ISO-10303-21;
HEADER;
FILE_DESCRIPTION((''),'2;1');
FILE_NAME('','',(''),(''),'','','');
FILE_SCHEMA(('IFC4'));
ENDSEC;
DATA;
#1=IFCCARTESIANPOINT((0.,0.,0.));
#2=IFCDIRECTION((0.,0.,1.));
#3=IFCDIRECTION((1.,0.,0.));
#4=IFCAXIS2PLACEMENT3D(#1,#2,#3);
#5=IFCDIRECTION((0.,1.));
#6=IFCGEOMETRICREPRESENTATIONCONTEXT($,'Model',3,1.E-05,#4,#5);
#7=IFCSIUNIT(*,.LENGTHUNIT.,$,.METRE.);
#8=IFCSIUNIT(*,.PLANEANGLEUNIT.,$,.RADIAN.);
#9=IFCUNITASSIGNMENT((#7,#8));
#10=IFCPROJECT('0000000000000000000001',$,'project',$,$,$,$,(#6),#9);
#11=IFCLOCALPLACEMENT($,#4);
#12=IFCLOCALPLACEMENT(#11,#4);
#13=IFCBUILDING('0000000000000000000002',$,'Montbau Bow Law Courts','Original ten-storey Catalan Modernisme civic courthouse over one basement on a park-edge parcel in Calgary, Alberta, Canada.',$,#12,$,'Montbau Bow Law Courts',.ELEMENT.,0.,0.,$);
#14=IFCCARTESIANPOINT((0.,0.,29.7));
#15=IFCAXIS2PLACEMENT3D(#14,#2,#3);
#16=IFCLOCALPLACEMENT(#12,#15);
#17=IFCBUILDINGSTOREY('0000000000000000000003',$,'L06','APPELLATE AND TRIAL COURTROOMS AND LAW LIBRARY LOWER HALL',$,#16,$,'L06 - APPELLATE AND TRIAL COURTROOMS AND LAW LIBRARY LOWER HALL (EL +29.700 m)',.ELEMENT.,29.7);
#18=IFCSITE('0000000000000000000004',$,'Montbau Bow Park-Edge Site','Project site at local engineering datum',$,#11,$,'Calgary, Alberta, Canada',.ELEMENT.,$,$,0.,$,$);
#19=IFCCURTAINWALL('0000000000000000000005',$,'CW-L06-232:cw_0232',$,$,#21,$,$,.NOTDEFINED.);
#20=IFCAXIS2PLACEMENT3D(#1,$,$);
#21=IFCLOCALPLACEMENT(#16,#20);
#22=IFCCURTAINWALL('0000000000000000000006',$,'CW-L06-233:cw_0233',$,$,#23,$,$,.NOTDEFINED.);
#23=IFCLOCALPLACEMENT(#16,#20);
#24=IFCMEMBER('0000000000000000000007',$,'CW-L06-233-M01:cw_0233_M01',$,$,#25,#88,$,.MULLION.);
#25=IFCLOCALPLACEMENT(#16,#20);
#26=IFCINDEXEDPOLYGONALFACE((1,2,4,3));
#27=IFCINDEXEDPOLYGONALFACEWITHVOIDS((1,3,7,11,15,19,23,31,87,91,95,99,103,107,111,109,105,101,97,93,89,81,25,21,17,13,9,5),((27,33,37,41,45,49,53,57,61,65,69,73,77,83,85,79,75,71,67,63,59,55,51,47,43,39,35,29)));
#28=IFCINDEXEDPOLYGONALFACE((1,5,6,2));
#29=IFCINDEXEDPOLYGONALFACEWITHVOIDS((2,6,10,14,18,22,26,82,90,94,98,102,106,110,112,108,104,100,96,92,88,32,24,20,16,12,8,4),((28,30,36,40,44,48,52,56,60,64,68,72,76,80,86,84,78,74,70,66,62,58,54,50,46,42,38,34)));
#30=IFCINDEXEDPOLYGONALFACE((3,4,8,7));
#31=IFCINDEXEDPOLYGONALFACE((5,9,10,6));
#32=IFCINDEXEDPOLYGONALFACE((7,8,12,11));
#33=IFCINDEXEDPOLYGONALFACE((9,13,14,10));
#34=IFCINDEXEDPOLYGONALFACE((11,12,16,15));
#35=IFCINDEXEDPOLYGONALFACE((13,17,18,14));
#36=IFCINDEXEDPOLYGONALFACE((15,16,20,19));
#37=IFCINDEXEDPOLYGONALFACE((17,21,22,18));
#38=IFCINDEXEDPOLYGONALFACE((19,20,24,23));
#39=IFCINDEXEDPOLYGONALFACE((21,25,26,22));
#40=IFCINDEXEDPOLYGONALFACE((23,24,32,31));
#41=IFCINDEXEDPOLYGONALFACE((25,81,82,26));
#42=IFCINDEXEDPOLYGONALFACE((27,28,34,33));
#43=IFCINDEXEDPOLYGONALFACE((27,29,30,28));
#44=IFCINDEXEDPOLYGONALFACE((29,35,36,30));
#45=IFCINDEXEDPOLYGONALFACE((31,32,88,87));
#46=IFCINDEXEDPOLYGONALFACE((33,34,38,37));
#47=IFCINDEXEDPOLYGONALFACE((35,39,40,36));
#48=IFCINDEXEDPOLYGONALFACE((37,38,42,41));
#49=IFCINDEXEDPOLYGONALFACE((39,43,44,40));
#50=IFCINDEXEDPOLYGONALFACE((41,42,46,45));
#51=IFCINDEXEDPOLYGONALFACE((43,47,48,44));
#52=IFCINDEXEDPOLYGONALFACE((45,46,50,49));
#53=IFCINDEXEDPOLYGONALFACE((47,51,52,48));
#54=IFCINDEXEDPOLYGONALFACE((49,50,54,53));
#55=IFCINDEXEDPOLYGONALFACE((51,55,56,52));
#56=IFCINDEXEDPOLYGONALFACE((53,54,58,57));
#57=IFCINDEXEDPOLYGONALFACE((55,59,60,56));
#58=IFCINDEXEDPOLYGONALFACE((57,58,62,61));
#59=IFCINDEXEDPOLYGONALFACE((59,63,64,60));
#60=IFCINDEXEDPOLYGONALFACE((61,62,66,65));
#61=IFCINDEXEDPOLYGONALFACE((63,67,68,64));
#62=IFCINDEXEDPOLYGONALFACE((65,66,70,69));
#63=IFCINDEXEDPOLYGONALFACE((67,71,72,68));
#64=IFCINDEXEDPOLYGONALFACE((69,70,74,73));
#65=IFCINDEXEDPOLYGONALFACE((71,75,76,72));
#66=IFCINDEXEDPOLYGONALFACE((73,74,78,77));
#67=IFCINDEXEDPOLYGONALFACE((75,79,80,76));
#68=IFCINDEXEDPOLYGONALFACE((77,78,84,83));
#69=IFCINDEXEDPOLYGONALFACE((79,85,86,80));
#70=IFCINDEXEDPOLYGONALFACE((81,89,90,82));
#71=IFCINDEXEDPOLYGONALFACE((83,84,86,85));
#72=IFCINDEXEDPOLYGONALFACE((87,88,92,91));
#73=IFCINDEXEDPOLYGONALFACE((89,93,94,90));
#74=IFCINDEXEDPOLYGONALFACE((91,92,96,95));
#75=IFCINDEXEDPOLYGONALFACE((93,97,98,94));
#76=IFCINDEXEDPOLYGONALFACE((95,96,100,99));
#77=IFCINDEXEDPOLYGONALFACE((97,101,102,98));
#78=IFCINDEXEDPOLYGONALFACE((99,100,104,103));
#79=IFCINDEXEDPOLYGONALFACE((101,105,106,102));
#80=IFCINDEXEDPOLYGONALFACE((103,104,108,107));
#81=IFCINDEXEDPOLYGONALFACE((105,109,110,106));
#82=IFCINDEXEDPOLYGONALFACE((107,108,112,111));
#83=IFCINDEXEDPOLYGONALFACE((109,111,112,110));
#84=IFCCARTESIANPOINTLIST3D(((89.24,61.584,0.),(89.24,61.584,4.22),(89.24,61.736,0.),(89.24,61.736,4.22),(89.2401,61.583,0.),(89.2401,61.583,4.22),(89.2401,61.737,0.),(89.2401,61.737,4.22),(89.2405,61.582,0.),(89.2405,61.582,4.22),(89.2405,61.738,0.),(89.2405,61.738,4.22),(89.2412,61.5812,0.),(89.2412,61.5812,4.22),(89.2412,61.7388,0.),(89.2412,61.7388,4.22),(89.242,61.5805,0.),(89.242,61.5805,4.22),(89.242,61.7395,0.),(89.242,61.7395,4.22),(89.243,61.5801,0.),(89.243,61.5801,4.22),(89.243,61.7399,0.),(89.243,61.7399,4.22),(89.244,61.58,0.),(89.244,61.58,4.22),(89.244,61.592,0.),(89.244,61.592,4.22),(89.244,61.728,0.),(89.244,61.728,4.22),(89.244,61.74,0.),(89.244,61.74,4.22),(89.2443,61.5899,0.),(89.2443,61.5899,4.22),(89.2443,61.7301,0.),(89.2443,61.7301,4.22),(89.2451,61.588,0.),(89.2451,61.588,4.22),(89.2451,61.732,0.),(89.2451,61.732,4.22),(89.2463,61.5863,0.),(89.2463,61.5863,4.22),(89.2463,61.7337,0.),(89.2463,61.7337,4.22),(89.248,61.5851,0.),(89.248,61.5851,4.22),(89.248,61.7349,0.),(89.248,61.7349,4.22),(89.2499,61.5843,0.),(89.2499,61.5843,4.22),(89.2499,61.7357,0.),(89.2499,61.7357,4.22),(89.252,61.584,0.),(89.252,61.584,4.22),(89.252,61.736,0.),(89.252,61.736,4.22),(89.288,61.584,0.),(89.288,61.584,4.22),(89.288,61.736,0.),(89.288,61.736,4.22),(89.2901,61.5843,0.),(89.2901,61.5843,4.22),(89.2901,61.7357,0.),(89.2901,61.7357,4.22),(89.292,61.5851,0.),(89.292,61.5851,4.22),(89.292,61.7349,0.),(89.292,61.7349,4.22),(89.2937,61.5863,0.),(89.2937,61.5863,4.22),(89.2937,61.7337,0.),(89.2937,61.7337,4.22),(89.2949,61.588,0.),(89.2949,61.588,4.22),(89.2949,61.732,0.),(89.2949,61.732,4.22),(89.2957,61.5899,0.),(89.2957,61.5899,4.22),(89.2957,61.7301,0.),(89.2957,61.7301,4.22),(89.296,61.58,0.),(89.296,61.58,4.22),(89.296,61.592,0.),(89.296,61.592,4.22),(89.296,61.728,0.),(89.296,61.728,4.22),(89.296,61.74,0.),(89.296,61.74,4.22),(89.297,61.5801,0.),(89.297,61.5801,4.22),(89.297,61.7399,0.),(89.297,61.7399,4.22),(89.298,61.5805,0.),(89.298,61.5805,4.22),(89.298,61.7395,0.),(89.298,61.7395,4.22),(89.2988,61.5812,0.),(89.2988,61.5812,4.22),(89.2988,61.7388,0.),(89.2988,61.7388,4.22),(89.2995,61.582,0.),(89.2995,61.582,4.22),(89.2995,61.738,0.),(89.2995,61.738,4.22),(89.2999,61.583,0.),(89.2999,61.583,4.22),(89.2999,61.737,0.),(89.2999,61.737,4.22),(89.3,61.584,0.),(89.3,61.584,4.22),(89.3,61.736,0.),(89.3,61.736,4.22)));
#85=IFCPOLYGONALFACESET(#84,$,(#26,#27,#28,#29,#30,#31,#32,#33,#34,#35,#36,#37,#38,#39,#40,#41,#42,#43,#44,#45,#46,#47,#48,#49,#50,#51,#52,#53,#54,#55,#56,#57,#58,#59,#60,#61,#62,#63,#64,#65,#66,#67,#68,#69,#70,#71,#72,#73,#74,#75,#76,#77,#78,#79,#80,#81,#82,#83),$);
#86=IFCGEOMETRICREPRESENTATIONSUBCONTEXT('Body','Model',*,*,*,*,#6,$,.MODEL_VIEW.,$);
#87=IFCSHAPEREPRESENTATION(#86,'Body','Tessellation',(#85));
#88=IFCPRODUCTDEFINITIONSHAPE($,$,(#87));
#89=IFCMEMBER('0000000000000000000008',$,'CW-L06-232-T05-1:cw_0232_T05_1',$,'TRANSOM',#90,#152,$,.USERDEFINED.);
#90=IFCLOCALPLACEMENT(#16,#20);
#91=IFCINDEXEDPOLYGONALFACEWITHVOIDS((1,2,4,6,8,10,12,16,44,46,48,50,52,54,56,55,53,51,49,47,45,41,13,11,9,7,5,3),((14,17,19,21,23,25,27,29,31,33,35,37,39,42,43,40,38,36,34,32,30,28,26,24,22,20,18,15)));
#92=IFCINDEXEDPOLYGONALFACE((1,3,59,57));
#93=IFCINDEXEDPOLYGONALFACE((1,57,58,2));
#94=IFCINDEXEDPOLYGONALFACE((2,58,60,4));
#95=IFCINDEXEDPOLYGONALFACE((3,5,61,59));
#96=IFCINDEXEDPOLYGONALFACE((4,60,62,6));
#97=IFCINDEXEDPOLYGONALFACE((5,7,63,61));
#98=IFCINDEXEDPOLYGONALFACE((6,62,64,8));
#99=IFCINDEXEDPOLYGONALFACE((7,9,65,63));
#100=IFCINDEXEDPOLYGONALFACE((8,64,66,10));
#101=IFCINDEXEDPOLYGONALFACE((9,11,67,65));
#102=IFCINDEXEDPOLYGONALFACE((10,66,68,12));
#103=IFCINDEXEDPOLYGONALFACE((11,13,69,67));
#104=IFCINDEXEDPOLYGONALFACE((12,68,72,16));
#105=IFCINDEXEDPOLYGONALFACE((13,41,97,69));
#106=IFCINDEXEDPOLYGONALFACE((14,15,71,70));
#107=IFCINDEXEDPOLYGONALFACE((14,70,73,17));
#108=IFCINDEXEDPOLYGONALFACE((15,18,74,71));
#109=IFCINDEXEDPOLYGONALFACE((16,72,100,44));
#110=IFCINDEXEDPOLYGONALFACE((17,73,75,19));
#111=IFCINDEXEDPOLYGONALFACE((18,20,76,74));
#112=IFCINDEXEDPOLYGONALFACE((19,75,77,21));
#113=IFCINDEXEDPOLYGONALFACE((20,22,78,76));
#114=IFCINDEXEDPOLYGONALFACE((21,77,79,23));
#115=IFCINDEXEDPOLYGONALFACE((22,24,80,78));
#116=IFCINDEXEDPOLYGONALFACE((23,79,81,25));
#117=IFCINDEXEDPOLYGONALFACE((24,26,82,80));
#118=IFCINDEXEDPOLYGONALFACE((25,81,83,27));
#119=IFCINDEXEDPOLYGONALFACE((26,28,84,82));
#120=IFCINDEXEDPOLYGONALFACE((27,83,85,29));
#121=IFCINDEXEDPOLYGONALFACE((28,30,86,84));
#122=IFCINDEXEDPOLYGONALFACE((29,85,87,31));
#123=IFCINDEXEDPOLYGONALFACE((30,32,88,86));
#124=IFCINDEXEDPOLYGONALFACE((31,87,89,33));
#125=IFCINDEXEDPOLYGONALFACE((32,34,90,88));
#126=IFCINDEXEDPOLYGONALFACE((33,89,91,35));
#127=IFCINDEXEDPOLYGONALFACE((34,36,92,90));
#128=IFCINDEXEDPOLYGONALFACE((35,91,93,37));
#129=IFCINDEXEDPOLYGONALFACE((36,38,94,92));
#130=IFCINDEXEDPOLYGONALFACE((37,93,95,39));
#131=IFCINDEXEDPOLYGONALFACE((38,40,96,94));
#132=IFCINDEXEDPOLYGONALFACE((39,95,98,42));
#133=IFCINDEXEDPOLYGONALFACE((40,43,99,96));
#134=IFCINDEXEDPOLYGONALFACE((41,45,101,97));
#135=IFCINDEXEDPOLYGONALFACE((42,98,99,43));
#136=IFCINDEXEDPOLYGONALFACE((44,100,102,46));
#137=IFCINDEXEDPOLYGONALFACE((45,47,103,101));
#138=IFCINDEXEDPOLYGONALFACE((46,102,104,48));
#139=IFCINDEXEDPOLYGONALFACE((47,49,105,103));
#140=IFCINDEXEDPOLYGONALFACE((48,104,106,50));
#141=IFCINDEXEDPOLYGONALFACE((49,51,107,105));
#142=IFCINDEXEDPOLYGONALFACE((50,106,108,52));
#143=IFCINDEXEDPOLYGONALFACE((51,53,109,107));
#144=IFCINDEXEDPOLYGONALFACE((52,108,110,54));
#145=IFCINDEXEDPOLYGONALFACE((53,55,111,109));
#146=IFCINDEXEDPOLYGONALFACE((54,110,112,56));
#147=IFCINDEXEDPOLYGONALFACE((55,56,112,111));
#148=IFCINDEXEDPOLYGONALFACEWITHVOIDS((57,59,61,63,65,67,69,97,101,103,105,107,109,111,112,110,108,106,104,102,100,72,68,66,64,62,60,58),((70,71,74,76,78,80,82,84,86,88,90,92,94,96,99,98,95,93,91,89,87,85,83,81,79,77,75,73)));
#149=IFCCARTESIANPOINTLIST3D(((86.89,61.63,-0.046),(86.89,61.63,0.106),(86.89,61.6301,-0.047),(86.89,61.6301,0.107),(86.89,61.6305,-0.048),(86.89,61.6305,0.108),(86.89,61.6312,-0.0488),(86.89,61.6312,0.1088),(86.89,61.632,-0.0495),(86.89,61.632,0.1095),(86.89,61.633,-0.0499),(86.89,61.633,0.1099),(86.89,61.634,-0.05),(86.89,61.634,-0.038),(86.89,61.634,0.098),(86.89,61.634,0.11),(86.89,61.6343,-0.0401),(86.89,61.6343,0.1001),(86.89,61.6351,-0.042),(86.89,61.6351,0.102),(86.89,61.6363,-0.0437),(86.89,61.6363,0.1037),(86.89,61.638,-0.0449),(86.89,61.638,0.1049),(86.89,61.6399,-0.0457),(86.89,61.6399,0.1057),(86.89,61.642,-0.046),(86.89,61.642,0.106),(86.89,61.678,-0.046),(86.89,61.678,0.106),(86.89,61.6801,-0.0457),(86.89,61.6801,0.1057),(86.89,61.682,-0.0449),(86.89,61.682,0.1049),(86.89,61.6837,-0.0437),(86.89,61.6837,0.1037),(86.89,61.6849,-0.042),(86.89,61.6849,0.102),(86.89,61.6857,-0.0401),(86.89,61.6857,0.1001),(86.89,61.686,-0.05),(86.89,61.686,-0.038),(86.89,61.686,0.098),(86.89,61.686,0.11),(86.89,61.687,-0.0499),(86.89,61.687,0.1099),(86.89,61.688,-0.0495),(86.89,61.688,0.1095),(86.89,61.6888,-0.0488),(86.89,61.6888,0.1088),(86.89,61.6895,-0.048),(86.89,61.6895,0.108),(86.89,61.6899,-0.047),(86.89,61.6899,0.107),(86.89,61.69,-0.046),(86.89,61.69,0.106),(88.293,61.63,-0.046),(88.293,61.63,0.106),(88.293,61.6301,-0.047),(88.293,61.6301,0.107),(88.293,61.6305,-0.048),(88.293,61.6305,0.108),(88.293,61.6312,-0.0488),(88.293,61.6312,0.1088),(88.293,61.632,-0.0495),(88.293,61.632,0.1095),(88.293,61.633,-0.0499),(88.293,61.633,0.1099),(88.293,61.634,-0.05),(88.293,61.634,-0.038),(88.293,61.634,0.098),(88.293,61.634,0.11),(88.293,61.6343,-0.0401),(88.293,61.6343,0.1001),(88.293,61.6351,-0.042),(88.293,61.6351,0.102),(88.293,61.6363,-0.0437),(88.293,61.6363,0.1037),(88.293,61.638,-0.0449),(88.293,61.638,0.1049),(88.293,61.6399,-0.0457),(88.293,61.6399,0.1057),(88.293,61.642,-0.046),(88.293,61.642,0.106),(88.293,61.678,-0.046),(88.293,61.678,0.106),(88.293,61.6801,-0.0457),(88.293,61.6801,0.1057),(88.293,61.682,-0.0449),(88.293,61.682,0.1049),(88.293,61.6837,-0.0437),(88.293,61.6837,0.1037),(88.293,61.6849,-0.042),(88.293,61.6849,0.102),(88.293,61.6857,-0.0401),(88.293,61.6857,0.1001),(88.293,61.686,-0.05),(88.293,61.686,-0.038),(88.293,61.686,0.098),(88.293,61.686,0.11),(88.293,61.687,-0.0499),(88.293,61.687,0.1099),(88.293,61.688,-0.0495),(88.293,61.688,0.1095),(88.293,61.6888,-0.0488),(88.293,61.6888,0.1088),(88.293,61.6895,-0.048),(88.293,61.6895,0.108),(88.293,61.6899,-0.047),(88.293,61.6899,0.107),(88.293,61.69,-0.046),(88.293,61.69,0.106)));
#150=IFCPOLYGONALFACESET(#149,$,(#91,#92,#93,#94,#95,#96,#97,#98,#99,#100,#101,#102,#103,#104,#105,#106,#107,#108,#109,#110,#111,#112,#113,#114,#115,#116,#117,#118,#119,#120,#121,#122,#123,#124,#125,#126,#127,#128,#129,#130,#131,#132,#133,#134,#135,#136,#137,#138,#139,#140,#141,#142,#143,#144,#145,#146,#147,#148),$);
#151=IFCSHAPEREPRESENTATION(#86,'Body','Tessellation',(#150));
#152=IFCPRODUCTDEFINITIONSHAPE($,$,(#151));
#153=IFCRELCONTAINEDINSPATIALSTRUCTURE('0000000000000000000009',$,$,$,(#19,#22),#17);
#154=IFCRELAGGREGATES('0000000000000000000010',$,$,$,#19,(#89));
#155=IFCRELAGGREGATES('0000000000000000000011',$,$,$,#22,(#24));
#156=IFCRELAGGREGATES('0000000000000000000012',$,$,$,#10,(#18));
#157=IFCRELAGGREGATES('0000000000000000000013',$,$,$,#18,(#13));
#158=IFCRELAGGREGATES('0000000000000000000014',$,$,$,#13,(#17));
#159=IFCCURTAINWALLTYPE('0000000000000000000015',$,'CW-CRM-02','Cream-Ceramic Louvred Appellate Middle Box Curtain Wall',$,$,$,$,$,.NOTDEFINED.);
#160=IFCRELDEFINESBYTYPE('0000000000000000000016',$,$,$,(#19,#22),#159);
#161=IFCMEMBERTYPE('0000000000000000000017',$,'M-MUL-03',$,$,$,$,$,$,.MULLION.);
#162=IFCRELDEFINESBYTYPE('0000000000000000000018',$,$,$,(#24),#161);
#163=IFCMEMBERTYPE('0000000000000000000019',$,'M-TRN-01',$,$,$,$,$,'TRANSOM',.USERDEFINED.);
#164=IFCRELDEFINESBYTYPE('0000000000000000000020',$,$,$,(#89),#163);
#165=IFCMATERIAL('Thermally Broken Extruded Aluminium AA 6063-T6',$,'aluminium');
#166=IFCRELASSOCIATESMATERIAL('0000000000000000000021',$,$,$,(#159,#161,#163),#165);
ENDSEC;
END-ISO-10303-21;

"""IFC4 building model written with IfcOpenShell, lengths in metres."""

from ifc_helpers import new_model, si_unit, direction, frame, origin_with_axes, origin_2d_with_axis, place, context, subcontext, project, spatial, hollow_rectangle, extrude, material, material_profile, profile_set, type_object, element, aggregate, save


model = new_model("IFC4")

# Units and contexts
model_context = context("Model", 3, precision=1e-05, world=origin_with_axes(), true_north=direction((0.0, 1.0)))
body_context = subcontext(model_context, "Body", "Model", "MODEL_VIEW")
ifc_project = project(units=[si_unit("LENGTHUNIT", "METRE"), si_unit("PLANEANGLEUNIT", "RADIAN")], contexts=[model_context])

# Site, building, storey
site_placement = place(None, origin_with_axes())
site = spatial("IfcSite", under=ifc_project, at=site_placement, Name="Montbau Bow Park-Edge Site", Description="Project site at local engineering datum", LongName="Calgary, Alberta, Canada", CompositionType="ELEMENT", RefElevation=0.0)
building_placement = place(site_placement, origin_with_axes())
building = spatial("IfcBuilding", under=site, at=building_placement, Name="Montbau Bow Law Courts", Description="Original ten-storey Catalan Modernisme civic courthouse over one basement on a park-edge parcel in Calgary, Alberta, Canada.", LongName="Montbau Bow Law Courts", CompositionType="ELEMENT", ElevationOfRefHeight=0.0, ElevationOfTerrain=0.0)
storey_placement = place(building_placement, frame((0.0, 0.0, 29.7), z_axis=(0.0, 0.0, 1.0), x_axis=(1.0, 0.0, 0.0)))
storey = spatial("IfcBuildingStorey", under=building, at=storey_placement, Name="L06", Description="APPELLATE AND TRIAL COURTROOMS AND LAW LIBRARY LOWER HALL", LongName="L06 - APPELLATE AND TRIAL COURTROOMS AND LAW LIBRARY LOWER HALL (EL +29.700 m)", CompositionType="ELEMENT", Elevation=29.7)

# Curtain wall
ifc_material_1 = material(Name="Thermally Broken Extruded Aluminium AA 6063-T6", Category="aluminium")
curtain_wall_type = type_object("IfcCurtainWallType", Name="CW-CRM-02", Description="Cream-Ceramic Louvred Appellate Middle Box Curtain Wall", PredefinedType="NOTDEFINED", material=ifc_material_1)
curtain_wall_1_placement = place(None, frame((80.84, 61.66, 29.7), z_axis=(0.0, 0.0, 1.0), x_axis=(1.0, 0.0, 0.0)))
curtain_wall_1 = element("IfcCurtainWall", 1, at=curtain_wall_1_placement, inside=storey, type_object=curtain_wall_type, Name="CW-L06-232:cw_0232", PredefinedType="NOTDEFINED")

# Curtain wall, member
curtain_wall_2_placement = place(None, frame((89.24, 61.66, 29.7), z_axis=(0.0, 0.0, 1.0), x_axis=(1.0, 0.0, 0.0)))
curtain_wall_2 = element("IfcCurtainWall", 2, at=curtain_wall_2_placement, inside=storey, type_object=curtain_wall_type, Name="CW-L06-233:cw_0233", PredefinedType="NOTDEFINED")
ifc_material_profile_1 = material_profile(ifc_material_1, hollow_rectangle(XDim=0.06, YDim=0.16, WallThickness=0.004, InnerFilletRadius=0.008, OuterFilletRadius=0.004, at=origin_2d_with_axis()), Name="CWM-160X60", Category="Main", Priority=0)
ifc_profile_set_1 = profile_set([ifc_material_profile_1], Name="Thermally Broken Extruded Aluminium AA 6063-T6")
member_type_1 = type_object("IfcMemberType", Name="M-MUL-03", PredefinedType="MULLION", material=ifc_profile_set_1)
member_1_placement = place(None, frame((89.27, 61.66, 29.7), z_axis=(0.0, 0.0, 1.0), x_axis=(1.0, 0.0, 0.0)))
member_1 = element("IfcMember", 3, at=member_1_placement, type_object=member_type_1, Name="CW-L06-233-M01:cw_0233_M01", PredefinedType="MULLION", context=body_context, shape_type="SweptSolid", body=[
    extrude(hollow_rectangle(XDim=0.06, YDim=0.16, WallThickness=0.004, InnerFilletRadius=0.008, OuterFilletRadius=0.004, at=origin_2d_with_axis()), origin_with_axes(), (0.0, 0.0, 1.0), 4.22),
])

# Member
ifc_material_profile_2 = material_profile(ifc_material_1, hollow_rectangle(XDim=0.06, YDim=0.16, WallThickness=0.004, InnerFilletRadius=0.008, OuterFilletRadius=0.004, at=origin_2d_with_axis()), Name="CWT-160X60", Category="Main", Priority=0)
ifc_profile_set_2 = profile_set([ifc_material_profile_2], Name="Thermally Broken Extruded Aluminium AA 6063-T6")
member_type_2 = type_object("IfcMemberType", Name="M-TRN-01", ElementType="TRANSOM", PredefinedType="USERDEFINED", material=ifc_profile_set_2)
member_2_placement = place(None, frame((86.89, 61.66, 29.73), z_axis=(1.0, 0.0, 0.0), x_axis=(0.0, 1.0, 0.0)))
member_2 = element("IfcMember", 4, at=member_2_placement, type_object=member_type_2, Name="CW-L06-232-T05-1:cw_0232_T05_1", ObjectType="TRANSOM", PredefinedType="USERDEFINED", context=body_context, shape_type="SweptSolid", body=[
    extrude(hollow_rectangle(XDim=0.06, YDim=0.16, WallThickness=0.004, InnerFilletRadius=0.008, OuterFilletRadius=0.004, at=origin_2d_with_axis()), origin_with_axes(), (0.0, 0.0, 1.0), 1.403),
])

aggregate(curtain_wall_1, [member_2])
aggregate(curtain_wall_2, [member_1])

save(model, "model.ifc")
